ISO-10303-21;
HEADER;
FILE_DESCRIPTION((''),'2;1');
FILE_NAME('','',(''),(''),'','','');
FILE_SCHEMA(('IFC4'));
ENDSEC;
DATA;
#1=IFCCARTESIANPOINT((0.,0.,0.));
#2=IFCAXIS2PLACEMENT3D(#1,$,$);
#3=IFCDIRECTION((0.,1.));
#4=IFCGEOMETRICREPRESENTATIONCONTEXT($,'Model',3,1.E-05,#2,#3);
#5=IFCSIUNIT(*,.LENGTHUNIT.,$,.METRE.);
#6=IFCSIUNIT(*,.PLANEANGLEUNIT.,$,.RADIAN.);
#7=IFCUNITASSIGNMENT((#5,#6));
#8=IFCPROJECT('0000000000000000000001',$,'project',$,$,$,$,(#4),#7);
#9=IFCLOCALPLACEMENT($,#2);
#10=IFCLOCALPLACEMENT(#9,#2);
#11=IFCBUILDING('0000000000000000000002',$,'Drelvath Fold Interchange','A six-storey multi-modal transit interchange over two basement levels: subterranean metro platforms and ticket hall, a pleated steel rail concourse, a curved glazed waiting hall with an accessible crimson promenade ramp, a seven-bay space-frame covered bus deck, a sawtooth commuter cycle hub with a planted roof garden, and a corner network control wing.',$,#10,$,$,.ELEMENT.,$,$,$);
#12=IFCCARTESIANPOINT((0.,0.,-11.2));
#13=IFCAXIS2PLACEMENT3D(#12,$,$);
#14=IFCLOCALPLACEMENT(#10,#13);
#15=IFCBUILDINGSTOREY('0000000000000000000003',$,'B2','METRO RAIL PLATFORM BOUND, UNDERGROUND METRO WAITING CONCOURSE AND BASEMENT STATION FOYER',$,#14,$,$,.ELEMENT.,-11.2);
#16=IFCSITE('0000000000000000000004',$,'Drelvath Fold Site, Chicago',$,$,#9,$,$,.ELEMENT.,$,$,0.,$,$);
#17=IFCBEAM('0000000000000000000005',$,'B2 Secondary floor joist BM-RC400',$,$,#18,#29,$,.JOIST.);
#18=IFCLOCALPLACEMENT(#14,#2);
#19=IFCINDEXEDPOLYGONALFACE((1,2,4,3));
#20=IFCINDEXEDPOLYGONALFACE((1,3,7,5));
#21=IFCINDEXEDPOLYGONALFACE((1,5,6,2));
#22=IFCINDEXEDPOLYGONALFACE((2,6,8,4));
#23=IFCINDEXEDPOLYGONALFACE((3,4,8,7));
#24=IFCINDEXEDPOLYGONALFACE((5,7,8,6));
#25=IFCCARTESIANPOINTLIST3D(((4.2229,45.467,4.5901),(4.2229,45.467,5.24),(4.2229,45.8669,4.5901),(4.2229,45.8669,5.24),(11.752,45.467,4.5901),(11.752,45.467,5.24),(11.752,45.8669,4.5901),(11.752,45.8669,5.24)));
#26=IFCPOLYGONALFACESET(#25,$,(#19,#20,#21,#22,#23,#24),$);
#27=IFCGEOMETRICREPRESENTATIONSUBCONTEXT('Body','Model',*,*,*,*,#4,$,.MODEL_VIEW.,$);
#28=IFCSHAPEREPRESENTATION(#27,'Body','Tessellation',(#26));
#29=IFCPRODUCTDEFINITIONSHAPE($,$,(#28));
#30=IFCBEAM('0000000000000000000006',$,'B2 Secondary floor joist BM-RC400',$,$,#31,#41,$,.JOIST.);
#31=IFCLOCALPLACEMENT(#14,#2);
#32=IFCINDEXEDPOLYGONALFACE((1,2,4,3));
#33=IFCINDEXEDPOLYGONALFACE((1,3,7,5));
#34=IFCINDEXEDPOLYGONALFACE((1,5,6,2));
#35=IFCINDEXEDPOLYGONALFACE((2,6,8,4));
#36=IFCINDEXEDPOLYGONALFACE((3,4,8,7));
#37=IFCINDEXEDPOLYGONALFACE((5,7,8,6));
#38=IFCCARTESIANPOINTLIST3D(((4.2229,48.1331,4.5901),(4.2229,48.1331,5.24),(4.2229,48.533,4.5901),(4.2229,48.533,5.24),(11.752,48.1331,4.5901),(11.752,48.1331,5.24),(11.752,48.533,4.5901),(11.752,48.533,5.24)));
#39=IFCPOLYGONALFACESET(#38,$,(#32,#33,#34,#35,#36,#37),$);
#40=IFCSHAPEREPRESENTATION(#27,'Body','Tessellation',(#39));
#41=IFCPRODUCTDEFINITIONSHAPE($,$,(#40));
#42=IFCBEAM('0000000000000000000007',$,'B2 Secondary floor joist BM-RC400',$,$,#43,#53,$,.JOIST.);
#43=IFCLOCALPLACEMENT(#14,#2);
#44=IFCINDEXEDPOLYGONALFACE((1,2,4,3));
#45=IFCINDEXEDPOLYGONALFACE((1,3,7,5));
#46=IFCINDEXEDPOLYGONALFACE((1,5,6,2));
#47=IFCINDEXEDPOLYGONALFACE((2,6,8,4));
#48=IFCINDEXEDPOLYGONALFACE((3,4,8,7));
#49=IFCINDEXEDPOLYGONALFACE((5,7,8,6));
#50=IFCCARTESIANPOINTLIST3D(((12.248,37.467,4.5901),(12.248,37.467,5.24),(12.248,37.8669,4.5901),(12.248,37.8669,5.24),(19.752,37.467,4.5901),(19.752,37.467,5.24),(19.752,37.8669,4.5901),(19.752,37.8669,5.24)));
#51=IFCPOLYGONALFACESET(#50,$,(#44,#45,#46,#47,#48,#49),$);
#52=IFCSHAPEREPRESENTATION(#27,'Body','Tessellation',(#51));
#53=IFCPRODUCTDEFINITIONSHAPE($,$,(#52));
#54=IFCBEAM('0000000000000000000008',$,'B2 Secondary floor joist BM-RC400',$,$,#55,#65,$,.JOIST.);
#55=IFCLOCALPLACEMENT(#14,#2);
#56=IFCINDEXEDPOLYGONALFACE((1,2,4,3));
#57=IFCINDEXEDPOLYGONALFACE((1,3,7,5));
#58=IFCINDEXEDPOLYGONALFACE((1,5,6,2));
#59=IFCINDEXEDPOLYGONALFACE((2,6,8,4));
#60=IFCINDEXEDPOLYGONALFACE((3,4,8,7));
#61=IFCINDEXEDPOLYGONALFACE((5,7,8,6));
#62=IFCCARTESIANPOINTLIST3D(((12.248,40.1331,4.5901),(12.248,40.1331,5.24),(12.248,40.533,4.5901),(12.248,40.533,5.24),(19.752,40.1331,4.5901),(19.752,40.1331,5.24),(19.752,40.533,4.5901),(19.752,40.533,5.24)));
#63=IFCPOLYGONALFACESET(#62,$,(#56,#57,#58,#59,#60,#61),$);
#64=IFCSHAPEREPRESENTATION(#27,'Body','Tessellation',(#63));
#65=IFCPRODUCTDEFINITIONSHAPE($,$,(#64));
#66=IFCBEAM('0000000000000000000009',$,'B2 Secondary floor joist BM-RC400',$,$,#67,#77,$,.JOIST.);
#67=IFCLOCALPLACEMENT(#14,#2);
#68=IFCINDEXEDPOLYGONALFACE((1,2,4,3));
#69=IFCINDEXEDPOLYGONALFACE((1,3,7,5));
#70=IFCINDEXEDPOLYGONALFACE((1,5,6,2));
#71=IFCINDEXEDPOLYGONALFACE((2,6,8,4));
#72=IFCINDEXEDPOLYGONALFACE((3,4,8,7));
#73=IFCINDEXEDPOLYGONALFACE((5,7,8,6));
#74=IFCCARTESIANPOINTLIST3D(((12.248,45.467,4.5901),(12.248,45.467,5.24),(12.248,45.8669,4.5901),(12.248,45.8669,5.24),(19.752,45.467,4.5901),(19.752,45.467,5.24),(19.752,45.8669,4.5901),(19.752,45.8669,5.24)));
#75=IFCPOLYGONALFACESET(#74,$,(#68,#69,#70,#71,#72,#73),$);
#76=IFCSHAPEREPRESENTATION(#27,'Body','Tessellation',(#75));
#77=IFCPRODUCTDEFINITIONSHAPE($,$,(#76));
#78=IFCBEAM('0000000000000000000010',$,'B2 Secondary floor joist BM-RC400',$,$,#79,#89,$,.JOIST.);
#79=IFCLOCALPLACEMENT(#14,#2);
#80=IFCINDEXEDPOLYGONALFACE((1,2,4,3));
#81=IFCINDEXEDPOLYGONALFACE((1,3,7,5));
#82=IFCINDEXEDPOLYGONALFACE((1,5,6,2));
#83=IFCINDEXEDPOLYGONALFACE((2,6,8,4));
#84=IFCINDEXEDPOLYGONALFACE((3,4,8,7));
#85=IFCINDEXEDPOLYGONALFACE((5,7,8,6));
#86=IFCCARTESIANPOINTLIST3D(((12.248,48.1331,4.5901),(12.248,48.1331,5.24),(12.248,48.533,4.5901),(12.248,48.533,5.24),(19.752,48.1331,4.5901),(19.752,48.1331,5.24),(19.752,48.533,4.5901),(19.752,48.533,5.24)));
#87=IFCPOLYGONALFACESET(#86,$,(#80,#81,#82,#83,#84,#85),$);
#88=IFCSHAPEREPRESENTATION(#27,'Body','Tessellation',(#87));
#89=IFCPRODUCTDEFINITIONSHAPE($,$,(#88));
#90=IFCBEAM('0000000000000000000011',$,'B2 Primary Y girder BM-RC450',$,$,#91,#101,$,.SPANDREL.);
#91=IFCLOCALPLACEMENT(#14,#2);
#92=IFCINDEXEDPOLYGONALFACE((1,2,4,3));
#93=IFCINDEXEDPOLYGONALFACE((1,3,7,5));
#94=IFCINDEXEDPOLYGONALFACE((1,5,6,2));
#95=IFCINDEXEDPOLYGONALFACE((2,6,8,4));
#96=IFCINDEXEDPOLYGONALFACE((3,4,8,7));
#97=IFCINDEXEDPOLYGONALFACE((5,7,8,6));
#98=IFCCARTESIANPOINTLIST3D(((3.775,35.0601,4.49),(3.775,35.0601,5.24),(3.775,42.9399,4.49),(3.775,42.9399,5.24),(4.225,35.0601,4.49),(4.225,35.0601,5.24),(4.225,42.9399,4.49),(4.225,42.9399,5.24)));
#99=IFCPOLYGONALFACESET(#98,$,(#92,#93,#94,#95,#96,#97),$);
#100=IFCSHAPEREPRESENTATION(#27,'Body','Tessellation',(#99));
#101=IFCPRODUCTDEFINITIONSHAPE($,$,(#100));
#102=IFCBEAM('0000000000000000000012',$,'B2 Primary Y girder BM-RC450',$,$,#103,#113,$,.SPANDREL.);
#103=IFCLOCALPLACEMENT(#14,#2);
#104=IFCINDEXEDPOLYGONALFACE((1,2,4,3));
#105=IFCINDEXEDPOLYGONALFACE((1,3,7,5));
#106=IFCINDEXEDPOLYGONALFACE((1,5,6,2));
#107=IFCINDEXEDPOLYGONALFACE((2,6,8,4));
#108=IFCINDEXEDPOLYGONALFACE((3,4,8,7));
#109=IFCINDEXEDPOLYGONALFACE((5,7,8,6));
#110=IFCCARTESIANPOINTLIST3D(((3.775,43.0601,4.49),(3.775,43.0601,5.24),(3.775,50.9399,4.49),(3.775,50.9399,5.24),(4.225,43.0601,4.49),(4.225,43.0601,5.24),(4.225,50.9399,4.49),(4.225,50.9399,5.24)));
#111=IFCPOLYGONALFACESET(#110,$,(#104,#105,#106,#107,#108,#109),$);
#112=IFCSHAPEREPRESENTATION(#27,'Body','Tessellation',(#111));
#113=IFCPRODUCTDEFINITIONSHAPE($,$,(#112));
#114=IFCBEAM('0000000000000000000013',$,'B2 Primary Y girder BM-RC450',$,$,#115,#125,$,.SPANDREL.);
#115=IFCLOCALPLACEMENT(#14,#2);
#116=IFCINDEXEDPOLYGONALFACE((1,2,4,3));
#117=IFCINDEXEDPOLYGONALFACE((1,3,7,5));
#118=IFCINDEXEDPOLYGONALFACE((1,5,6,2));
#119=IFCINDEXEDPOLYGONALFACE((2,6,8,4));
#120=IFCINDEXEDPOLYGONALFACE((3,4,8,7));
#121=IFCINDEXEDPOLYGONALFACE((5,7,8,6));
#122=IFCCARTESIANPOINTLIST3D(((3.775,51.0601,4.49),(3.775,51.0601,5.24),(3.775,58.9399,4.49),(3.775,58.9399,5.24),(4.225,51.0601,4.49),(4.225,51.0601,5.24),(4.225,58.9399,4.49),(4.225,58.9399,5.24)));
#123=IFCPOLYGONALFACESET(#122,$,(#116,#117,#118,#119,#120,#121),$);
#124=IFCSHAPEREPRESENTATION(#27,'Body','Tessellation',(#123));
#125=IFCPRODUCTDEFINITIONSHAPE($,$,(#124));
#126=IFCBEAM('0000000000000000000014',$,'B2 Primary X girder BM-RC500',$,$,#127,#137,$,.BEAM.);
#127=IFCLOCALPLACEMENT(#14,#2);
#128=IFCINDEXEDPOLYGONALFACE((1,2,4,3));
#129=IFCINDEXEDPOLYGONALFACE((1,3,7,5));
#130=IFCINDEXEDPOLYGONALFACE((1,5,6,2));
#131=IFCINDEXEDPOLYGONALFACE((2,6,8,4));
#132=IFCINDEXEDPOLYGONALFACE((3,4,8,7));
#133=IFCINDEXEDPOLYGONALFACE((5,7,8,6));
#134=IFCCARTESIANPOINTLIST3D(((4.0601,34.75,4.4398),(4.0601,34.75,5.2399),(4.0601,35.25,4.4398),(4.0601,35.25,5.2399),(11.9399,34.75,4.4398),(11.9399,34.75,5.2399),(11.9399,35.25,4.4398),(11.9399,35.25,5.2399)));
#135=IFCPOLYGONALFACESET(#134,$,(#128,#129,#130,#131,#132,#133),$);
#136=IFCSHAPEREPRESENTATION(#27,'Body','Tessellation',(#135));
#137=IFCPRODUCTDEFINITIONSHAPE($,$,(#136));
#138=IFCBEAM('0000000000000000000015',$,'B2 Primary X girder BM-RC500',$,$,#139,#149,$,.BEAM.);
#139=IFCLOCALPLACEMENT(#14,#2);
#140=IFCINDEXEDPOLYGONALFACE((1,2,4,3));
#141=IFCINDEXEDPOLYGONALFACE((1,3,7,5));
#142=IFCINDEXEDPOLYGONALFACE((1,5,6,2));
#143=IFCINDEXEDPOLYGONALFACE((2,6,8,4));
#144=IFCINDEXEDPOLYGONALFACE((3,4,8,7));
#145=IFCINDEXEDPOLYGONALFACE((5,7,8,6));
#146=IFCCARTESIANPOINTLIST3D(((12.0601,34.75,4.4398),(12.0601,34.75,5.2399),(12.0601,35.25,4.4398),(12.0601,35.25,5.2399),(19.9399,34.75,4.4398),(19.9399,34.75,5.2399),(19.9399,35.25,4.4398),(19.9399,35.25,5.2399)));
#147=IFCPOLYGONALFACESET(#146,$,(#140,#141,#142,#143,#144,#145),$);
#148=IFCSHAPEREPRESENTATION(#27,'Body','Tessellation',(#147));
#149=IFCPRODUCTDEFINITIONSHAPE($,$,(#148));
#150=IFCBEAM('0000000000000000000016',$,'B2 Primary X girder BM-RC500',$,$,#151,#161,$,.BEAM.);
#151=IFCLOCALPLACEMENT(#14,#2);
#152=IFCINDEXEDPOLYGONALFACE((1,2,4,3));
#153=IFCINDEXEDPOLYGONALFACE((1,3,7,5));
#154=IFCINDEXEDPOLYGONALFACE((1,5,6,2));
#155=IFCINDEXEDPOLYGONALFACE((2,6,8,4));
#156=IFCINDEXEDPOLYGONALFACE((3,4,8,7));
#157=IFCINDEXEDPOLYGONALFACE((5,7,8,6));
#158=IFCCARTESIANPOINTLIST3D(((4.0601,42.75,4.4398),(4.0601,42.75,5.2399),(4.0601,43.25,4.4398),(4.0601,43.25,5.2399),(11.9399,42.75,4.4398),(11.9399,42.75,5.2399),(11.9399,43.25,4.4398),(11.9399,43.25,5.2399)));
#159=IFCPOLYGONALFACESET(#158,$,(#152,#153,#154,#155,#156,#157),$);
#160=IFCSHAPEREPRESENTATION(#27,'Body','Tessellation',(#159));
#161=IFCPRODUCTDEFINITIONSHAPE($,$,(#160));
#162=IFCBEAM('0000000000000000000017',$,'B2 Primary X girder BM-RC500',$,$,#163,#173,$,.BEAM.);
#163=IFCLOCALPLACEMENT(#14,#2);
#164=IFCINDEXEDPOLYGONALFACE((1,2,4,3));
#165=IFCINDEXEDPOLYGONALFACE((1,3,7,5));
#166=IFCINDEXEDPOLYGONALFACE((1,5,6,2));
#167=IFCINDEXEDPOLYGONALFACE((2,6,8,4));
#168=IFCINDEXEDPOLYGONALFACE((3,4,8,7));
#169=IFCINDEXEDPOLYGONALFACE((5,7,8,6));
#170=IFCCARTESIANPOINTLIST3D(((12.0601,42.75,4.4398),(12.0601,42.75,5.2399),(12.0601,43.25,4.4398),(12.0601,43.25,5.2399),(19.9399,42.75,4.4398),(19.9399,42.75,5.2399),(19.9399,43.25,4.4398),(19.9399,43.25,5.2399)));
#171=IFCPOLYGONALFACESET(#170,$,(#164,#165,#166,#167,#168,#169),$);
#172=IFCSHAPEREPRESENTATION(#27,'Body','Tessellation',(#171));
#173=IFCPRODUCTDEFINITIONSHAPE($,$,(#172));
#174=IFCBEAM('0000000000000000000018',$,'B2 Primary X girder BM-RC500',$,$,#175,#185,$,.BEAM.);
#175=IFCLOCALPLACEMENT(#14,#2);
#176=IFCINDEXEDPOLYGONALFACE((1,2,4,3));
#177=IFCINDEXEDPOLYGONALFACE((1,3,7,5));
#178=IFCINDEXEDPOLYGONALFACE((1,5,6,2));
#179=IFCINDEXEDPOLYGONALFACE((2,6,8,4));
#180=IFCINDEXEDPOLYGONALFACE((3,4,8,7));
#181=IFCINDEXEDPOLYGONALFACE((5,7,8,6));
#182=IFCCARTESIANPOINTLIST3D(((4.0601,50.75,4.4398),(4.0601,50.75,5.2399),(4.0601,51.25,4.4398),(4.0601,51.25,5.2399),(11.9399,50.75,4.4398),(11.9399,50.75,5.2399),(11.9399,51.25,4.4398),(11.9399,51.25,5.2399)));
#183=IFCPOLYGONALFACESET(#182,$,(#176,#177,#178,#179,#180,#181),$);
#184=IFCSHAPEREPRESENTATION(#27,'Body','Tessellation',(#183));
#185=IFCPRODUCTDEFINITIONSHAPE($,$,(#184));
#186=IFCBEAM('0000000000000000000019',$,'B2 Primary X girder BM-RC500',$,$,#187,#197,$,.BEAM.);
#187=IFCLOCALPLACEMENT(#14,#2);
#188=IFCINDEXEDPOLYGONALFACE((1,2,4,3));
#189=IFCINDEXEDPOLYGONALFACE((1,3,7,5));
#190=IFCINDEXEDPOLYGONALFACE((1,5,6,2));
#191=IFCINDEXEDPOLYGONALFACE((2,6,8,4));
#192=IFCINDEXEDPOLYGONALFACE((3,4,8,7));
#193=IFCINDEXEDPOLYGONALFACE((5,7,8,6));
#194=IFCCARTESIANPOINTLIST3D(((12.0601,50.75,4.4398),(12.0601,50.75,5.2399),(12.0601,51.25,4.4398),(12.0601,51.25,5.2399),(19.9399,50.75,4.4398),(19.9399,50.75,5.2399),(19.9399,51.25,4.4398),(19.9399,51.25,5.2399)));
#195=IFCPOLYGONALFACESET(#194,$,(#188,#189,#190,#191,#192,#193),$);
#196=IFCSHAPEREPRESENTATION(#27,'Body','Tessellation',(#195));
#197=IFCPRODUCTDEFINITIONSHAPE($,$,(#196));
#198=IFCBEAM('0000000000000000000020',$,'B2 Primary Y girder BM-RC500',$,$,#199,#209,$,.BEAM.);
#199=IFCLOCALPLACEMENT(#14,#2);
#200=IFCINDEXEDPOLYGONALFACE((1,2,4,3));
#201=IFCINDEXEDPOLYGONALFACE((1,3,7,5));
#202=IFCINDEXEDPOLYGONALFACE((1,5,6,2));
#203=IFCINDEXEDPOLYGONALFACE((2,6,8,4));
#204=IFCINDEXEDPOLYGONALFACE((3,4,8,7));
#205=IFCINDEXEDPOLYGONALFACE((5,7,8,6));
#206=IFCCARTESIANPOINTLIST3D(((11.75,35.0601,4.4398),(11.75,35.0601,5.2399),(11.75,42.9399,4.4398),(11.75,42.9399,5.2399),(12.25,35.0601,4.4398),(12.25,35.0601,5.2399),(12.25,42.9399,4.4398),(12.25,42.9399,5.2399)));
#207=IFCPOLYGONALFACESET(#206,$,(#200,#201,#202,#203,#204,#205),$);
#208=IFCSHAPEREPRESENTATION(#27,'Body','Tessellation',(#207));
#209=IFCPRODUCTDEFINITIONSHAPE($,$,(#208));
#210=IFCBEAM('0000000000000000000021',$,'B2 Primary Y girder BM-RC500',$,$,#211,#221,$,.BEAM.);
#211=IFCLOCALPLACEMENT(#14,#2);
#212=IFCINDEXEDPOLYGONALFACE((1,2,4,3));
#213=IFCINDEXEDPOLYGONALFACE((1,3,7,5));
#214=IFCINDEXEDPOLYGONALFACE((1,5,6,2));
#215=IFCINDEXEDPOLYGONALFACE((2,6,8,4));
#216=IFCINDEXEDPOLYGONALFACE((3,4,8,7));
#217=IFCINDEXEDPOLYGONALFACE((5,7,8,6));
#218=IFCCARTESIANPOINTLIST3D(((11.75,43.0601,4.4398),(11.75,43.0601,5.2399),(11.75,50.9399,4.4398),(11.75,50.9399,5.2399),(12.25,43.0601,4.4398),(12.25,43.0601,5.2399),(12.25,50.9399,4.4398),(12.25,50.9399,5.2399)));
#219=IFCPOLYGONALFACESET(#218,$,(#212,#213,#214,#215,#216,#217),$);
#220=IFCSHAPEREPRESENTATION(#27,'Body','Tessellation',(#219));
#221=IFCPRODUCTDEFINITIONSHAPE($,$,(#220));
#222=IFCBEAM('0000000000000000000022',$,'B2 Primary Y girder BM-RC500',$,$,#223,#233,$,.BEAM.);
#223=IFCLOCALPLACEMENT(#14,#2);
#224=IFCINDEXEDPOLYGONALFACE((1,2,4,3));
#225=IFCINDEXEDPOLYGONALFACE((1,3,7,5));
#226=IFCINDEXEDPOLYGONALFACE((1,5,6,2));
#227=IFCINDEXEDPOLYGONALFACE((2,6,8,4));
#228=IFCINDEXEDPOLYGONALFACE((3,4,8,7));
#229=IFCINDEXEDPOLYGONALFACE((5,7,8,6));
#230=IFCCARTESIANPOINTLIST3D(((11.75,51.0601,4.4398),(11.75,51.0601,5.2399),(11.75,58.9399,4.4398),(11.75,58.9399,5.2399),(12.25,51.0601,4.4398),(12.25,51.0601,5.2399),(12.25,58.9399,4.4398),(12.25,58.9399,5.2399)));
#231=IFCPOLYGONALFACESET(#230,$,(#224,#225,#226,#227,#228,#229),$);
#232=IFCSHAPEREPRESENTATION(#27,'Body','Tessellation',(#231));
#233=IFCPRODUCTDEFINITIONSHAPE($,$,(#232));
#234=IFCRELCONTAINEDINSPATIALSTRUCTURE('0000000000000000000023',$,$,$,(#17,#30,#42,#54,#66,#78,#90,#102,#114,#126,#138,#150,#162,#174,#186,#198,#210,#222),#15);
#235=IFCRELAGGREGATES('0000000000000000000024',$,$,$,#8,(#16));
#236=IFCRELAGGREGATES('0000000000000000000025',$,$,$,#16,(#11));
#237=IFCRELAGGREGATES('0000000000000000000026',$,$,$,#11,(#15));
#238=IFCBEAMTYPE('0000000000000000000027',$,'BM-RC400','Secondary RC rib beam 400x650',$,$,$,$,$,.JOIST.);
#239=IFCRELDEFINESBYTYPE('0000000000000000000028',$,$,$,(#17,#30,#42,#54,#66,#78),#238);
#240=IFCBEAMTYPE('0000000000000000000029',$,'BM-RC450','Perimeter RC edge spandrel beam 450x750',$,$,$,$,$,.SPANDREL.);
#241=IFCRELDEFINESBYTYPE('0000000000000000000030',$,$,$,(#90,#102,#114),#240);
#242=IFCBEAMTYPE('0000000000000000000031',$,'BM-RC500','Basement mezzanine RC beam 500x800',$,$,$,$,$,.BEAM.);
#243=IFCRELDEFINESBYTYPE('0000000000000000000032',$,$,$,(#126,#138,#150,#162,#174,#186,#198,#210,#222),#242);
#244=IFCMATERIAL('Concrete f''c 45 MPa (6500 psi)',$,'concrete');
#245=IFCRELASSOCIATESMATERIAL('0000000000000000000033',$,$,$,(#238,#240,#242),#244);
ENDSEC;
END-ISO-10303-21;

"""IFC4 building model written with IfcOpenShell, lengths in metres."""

from ifc_helpers import new_model, si_unit, direction, frame, origin, origin_2d, place, context, subcontext, project, spatial, rectangle, extrude, material, material_profile, profile_set, type_object, element, save


model = new_model("IFC4")

# Units and contexts
model_context = context("Model", 3, precision=1e-05, world=origin(), true_north=direction((0.0, 1.0)))
body_context = subcontext(model_context, "Body", "Model", "MODEL_VIEW")
ifc_project = project(units=[si_unit("LENGTHUNIT", "METRE"), si_unit("PLANEANGLEUNIT", "RADIAN")], contexts=[model_context])

# Site, building, storey
site_placement = place(None, origin())
site = spatial("IfcSite", under=ifc_project, at=site_placement, Name="Drelvath Fold Site, Chicago", CompositionType="ELEMENT", RefElevation=0.0)
building_placement = place(site_placement, origin())
building = spatial("IfcBuilding", under=site, at=building_placement, Name="Drelvath Fold Interchange", Description="A six-storey multi-modal transit interchange over two basement levels: subterranean metro platforms and ticket hall, a pleated steel rail concourse, a curved glazed waiting hall with an accessible crimson promenade ramp, a seven-bay space-frame covered bus deck, a sawtooth commuter cycle hub with a planted roof garden, and a corner network control wing.", CompositionType="ELEMENT")
storey_placement = place(building_placement, frame((0.0, 0.0, -11.2)))
storey = spatial("IfcBuildingStorey", under=building, at=storey_placement, Name="B2", Description="METRO RAIL PLATFORM BOUND, UNDERGROUND METRO WAITING CONCOURSE AND BASEMENT STATION FOYER", CompositionType="ELEMENT", Elevation=-11.2)

# Beams
ifc_material_1 = material(Name="Concrete f'c 45 MPa (6500 psi)", Category="concrete")
ifc_material_profile_1 = material_profile(ifc_material_1, rectangle(XDim=0.3999, YDim=0.6499, at=origin_2d()), Name="RC 400x650")
ifc_profile_set_1 = profile_set([ifc_material_profile_1], Name="Concrete f'c 45 MPa (6500 psi)")
beam_type_1 = type_object("IfcBeamType", Name="BM-RC400", Description="Secondary RC rib beam 400x650", PredefinedType="JOIST", material=ifc_profile_set_1)
for number, where, z_axis, x_axis, name in (
    (1, (4.2229, 45.667, 4.915), (1.0, 0.0, 0.0), (0.0, 1.0, 0.0), "B2 Secondary floor joist BM-RC400"),
    (2, (4.2229, 48.333, 4.915), (1.0, 0.0, 0.0), (0.0, 1.0, 0.0), "B2 Secondary floor joist BM-RC400"),
):
    element("IfcBeam", number, at=place(storey_placement, frame(where, z_axis=z_axis, x_axis=x_axis)), inside=storey, type_object=beam_type_1, Name=name, PredefinedType="JOIST", context=body_context, shape_type="SweptSolid", body=[
        extrude(rectangle(XDim=0.3999, YDim=0.6499, at=origin_2d()), origin(), (0.0, 0.0, 1.0), 7.5291),
    ])
for number, where, z_axis, x_axis, name in (
    (3, (12.248, 37.667, 4.915), (1.0, 0.0, 0.0), (0.0, 1.0, 0.0), "B2 Secondary floor joist BM-RC400"),
    (4, (12.248, 40.333, 4.915), (1.0, 0.0, 0.0), (0.0, 1.0, 0.0), "B2 Secondary floor joist BM-RC400"),
    (5, (12.248, 45.667, 4.915), (1.0, 0.0, 0.0), (0.0, 1.0, 0.0), "B2 Secondary floor joist BM-RC400"),
    (6, (12.248, 48.333, 4.915), (1.0, 0.0, 0.0), (0.0, 1.0, 0.0), "B2 Secondary floor joist BM-RC400"),
):
    element("IfcBeam", number, at=place(storey_placement, frame(where, z_axis=z_axis, x_axis=x_axis)), inside=storey, type_object=beam_type_1, Name=name, PredefinedType="JOIST", context=body_context, shape_type="SweptSolid", body=[
        extrude(rectangle(XDim=0.3999, YDim=0.6499, at=origin_2d()), origin(), (0.0, 0.0, 1.0), 7.5039),
    ])
ifc_material_profile_2 = material_profile(ifc_material_1, rectangle(XDim=0.45, YDim=0.75, at=origin_2d()), Name="RC 450x750")
ifc_profile_set_2 = profile_set([ifc_material_profile_2], Name="Concrete f'c 45 MPa (6500 psi)")
beam_type_2 = type_object("IfcBeamType", Name="BM-RC450", Description="Perimeter RC edge spandrel beam 450x750", PredefinedType="SPANDREL", material=ifc_profile_set_2)
for number, where, z_axis, x_axis, name in (
    (7, (4.0, 35.0601, 4.865), (0.0, 1.0, 0.0), (-1.0, 0.0, 0.0), "B2 Primary Y girder BM-RC450"),
    (8, (4.0, 43.0601, 4.865), (0.0, 1.0, 0.0), (-1.0, 0.0, 0.0), "B2 Primary Y girder BM-RC450"),
    (9, (4.0, 51.0601, 4.865), (0.0, 1.0, 0.0), (-1.0, 0.0, 0.0), "B2 Primary Y girder BM-RC450"),
):
    element("IfcBeam", number, at=place(storey_placement, frame(where, z_axis=z_axis, x_axis=x_axis)), inside=storey, type_object=beam_type_2, Name=name, PredefinedType="SPANDREL", context=body_context, shape_type="SweptSolid", body=[
        extrude(rectangle(XDim=0.45, YDim=0.75, at=origin_2d()), origin(), (0.0, 0.0, 1.0), 7.8799),
    ])
ifc_material_profile_3 = material_profile(ifc_material_1, rectangle(XDim=0.5, YDim=0.8, at=origin_2d()), Name="RC 500x800")
ifc_profile_set_3 = profile_set([ifc_material_profile_3], Name="Concrete f'c 45 MPa (6500 psi)")
beam_type_3 = type_object("IfcBeamType", Name="BM-RC500", Description="Basement mezzanine RC beam 500x800", PredefinedType="BEAM", material=ifc_profile_set_3)
for number, where, z_axis, x_axis, name in (
    (10, (4.0601, 35.0, 4.8398), (1.0, 0.0, 0.0), (0.0, 1.0, 0.0), "B2 Primary X girder BM-RC500"),
    (11, (12.0601, 35.0, 4.8398), (1.0, 0.0, 0.0), (0.0, 1.0, 0.0), "B2 Primary X girder BM-RC500"),
    (12, (4.0601, 43.0, 4.8398), (1.0, 0.0, 0.0), (0.0, 1.0, 0.0), "B2 Primary X girder BM-RC500"),
    (13, (12.0601, 43.0, 4.8398), (1.0, 0.0, 0.0), (0.0, 1.0, 0.0), "B2 Primary X girder BM-RC500"),
    (14, (4.0601, 51.0, 4.8398), (1.0, 0.0, 0.0), (0.0, 1.0, 0.0), "B2 Primary X girder BM-RC500"),
    (15, (12.0601, 51.0, 4.8398), (1.0, 0.0, 0.0), (0.0, 1.0, 0.0), "B2 Primary X girder BM-RC500"),
    (16, (12.0, 35.0601, 4.8398), (0.0, 1.0, 0.0), (-1.0, 0.0, 0.0), "B2 Primary Y girder BM-RC500"),
    (17, (12.0, 43.0601, 4.8398), (0.0, 1.0, 0.0), (-1.0, 0.0, 0.0), "B2 Primary Y girder BM-RC500"),
    (18, (12.0, 51.0601, 4.8398), (0.0, 1.0, 0.0), (-1.0, 0.0, 0.0), "B2 Primary Y girder BM-RC500"),
):
    element("IfcBeam", number, at=place(storey_placement, frame(where, z_axis=z_axis, x_axis=x_axis)), inside=storey, type_object=beam_type_3, Name=name, PredefinedType="BEAM", context=body_context, shape_type="SweptSolid", body=[
        extrude(rectangle(XDim=0.5, YDim=0.8, at=origin_2d()), origin(), (0.0, 0.0, 1.0), 7.8799),
    ])

save(model, "model.ifc")
